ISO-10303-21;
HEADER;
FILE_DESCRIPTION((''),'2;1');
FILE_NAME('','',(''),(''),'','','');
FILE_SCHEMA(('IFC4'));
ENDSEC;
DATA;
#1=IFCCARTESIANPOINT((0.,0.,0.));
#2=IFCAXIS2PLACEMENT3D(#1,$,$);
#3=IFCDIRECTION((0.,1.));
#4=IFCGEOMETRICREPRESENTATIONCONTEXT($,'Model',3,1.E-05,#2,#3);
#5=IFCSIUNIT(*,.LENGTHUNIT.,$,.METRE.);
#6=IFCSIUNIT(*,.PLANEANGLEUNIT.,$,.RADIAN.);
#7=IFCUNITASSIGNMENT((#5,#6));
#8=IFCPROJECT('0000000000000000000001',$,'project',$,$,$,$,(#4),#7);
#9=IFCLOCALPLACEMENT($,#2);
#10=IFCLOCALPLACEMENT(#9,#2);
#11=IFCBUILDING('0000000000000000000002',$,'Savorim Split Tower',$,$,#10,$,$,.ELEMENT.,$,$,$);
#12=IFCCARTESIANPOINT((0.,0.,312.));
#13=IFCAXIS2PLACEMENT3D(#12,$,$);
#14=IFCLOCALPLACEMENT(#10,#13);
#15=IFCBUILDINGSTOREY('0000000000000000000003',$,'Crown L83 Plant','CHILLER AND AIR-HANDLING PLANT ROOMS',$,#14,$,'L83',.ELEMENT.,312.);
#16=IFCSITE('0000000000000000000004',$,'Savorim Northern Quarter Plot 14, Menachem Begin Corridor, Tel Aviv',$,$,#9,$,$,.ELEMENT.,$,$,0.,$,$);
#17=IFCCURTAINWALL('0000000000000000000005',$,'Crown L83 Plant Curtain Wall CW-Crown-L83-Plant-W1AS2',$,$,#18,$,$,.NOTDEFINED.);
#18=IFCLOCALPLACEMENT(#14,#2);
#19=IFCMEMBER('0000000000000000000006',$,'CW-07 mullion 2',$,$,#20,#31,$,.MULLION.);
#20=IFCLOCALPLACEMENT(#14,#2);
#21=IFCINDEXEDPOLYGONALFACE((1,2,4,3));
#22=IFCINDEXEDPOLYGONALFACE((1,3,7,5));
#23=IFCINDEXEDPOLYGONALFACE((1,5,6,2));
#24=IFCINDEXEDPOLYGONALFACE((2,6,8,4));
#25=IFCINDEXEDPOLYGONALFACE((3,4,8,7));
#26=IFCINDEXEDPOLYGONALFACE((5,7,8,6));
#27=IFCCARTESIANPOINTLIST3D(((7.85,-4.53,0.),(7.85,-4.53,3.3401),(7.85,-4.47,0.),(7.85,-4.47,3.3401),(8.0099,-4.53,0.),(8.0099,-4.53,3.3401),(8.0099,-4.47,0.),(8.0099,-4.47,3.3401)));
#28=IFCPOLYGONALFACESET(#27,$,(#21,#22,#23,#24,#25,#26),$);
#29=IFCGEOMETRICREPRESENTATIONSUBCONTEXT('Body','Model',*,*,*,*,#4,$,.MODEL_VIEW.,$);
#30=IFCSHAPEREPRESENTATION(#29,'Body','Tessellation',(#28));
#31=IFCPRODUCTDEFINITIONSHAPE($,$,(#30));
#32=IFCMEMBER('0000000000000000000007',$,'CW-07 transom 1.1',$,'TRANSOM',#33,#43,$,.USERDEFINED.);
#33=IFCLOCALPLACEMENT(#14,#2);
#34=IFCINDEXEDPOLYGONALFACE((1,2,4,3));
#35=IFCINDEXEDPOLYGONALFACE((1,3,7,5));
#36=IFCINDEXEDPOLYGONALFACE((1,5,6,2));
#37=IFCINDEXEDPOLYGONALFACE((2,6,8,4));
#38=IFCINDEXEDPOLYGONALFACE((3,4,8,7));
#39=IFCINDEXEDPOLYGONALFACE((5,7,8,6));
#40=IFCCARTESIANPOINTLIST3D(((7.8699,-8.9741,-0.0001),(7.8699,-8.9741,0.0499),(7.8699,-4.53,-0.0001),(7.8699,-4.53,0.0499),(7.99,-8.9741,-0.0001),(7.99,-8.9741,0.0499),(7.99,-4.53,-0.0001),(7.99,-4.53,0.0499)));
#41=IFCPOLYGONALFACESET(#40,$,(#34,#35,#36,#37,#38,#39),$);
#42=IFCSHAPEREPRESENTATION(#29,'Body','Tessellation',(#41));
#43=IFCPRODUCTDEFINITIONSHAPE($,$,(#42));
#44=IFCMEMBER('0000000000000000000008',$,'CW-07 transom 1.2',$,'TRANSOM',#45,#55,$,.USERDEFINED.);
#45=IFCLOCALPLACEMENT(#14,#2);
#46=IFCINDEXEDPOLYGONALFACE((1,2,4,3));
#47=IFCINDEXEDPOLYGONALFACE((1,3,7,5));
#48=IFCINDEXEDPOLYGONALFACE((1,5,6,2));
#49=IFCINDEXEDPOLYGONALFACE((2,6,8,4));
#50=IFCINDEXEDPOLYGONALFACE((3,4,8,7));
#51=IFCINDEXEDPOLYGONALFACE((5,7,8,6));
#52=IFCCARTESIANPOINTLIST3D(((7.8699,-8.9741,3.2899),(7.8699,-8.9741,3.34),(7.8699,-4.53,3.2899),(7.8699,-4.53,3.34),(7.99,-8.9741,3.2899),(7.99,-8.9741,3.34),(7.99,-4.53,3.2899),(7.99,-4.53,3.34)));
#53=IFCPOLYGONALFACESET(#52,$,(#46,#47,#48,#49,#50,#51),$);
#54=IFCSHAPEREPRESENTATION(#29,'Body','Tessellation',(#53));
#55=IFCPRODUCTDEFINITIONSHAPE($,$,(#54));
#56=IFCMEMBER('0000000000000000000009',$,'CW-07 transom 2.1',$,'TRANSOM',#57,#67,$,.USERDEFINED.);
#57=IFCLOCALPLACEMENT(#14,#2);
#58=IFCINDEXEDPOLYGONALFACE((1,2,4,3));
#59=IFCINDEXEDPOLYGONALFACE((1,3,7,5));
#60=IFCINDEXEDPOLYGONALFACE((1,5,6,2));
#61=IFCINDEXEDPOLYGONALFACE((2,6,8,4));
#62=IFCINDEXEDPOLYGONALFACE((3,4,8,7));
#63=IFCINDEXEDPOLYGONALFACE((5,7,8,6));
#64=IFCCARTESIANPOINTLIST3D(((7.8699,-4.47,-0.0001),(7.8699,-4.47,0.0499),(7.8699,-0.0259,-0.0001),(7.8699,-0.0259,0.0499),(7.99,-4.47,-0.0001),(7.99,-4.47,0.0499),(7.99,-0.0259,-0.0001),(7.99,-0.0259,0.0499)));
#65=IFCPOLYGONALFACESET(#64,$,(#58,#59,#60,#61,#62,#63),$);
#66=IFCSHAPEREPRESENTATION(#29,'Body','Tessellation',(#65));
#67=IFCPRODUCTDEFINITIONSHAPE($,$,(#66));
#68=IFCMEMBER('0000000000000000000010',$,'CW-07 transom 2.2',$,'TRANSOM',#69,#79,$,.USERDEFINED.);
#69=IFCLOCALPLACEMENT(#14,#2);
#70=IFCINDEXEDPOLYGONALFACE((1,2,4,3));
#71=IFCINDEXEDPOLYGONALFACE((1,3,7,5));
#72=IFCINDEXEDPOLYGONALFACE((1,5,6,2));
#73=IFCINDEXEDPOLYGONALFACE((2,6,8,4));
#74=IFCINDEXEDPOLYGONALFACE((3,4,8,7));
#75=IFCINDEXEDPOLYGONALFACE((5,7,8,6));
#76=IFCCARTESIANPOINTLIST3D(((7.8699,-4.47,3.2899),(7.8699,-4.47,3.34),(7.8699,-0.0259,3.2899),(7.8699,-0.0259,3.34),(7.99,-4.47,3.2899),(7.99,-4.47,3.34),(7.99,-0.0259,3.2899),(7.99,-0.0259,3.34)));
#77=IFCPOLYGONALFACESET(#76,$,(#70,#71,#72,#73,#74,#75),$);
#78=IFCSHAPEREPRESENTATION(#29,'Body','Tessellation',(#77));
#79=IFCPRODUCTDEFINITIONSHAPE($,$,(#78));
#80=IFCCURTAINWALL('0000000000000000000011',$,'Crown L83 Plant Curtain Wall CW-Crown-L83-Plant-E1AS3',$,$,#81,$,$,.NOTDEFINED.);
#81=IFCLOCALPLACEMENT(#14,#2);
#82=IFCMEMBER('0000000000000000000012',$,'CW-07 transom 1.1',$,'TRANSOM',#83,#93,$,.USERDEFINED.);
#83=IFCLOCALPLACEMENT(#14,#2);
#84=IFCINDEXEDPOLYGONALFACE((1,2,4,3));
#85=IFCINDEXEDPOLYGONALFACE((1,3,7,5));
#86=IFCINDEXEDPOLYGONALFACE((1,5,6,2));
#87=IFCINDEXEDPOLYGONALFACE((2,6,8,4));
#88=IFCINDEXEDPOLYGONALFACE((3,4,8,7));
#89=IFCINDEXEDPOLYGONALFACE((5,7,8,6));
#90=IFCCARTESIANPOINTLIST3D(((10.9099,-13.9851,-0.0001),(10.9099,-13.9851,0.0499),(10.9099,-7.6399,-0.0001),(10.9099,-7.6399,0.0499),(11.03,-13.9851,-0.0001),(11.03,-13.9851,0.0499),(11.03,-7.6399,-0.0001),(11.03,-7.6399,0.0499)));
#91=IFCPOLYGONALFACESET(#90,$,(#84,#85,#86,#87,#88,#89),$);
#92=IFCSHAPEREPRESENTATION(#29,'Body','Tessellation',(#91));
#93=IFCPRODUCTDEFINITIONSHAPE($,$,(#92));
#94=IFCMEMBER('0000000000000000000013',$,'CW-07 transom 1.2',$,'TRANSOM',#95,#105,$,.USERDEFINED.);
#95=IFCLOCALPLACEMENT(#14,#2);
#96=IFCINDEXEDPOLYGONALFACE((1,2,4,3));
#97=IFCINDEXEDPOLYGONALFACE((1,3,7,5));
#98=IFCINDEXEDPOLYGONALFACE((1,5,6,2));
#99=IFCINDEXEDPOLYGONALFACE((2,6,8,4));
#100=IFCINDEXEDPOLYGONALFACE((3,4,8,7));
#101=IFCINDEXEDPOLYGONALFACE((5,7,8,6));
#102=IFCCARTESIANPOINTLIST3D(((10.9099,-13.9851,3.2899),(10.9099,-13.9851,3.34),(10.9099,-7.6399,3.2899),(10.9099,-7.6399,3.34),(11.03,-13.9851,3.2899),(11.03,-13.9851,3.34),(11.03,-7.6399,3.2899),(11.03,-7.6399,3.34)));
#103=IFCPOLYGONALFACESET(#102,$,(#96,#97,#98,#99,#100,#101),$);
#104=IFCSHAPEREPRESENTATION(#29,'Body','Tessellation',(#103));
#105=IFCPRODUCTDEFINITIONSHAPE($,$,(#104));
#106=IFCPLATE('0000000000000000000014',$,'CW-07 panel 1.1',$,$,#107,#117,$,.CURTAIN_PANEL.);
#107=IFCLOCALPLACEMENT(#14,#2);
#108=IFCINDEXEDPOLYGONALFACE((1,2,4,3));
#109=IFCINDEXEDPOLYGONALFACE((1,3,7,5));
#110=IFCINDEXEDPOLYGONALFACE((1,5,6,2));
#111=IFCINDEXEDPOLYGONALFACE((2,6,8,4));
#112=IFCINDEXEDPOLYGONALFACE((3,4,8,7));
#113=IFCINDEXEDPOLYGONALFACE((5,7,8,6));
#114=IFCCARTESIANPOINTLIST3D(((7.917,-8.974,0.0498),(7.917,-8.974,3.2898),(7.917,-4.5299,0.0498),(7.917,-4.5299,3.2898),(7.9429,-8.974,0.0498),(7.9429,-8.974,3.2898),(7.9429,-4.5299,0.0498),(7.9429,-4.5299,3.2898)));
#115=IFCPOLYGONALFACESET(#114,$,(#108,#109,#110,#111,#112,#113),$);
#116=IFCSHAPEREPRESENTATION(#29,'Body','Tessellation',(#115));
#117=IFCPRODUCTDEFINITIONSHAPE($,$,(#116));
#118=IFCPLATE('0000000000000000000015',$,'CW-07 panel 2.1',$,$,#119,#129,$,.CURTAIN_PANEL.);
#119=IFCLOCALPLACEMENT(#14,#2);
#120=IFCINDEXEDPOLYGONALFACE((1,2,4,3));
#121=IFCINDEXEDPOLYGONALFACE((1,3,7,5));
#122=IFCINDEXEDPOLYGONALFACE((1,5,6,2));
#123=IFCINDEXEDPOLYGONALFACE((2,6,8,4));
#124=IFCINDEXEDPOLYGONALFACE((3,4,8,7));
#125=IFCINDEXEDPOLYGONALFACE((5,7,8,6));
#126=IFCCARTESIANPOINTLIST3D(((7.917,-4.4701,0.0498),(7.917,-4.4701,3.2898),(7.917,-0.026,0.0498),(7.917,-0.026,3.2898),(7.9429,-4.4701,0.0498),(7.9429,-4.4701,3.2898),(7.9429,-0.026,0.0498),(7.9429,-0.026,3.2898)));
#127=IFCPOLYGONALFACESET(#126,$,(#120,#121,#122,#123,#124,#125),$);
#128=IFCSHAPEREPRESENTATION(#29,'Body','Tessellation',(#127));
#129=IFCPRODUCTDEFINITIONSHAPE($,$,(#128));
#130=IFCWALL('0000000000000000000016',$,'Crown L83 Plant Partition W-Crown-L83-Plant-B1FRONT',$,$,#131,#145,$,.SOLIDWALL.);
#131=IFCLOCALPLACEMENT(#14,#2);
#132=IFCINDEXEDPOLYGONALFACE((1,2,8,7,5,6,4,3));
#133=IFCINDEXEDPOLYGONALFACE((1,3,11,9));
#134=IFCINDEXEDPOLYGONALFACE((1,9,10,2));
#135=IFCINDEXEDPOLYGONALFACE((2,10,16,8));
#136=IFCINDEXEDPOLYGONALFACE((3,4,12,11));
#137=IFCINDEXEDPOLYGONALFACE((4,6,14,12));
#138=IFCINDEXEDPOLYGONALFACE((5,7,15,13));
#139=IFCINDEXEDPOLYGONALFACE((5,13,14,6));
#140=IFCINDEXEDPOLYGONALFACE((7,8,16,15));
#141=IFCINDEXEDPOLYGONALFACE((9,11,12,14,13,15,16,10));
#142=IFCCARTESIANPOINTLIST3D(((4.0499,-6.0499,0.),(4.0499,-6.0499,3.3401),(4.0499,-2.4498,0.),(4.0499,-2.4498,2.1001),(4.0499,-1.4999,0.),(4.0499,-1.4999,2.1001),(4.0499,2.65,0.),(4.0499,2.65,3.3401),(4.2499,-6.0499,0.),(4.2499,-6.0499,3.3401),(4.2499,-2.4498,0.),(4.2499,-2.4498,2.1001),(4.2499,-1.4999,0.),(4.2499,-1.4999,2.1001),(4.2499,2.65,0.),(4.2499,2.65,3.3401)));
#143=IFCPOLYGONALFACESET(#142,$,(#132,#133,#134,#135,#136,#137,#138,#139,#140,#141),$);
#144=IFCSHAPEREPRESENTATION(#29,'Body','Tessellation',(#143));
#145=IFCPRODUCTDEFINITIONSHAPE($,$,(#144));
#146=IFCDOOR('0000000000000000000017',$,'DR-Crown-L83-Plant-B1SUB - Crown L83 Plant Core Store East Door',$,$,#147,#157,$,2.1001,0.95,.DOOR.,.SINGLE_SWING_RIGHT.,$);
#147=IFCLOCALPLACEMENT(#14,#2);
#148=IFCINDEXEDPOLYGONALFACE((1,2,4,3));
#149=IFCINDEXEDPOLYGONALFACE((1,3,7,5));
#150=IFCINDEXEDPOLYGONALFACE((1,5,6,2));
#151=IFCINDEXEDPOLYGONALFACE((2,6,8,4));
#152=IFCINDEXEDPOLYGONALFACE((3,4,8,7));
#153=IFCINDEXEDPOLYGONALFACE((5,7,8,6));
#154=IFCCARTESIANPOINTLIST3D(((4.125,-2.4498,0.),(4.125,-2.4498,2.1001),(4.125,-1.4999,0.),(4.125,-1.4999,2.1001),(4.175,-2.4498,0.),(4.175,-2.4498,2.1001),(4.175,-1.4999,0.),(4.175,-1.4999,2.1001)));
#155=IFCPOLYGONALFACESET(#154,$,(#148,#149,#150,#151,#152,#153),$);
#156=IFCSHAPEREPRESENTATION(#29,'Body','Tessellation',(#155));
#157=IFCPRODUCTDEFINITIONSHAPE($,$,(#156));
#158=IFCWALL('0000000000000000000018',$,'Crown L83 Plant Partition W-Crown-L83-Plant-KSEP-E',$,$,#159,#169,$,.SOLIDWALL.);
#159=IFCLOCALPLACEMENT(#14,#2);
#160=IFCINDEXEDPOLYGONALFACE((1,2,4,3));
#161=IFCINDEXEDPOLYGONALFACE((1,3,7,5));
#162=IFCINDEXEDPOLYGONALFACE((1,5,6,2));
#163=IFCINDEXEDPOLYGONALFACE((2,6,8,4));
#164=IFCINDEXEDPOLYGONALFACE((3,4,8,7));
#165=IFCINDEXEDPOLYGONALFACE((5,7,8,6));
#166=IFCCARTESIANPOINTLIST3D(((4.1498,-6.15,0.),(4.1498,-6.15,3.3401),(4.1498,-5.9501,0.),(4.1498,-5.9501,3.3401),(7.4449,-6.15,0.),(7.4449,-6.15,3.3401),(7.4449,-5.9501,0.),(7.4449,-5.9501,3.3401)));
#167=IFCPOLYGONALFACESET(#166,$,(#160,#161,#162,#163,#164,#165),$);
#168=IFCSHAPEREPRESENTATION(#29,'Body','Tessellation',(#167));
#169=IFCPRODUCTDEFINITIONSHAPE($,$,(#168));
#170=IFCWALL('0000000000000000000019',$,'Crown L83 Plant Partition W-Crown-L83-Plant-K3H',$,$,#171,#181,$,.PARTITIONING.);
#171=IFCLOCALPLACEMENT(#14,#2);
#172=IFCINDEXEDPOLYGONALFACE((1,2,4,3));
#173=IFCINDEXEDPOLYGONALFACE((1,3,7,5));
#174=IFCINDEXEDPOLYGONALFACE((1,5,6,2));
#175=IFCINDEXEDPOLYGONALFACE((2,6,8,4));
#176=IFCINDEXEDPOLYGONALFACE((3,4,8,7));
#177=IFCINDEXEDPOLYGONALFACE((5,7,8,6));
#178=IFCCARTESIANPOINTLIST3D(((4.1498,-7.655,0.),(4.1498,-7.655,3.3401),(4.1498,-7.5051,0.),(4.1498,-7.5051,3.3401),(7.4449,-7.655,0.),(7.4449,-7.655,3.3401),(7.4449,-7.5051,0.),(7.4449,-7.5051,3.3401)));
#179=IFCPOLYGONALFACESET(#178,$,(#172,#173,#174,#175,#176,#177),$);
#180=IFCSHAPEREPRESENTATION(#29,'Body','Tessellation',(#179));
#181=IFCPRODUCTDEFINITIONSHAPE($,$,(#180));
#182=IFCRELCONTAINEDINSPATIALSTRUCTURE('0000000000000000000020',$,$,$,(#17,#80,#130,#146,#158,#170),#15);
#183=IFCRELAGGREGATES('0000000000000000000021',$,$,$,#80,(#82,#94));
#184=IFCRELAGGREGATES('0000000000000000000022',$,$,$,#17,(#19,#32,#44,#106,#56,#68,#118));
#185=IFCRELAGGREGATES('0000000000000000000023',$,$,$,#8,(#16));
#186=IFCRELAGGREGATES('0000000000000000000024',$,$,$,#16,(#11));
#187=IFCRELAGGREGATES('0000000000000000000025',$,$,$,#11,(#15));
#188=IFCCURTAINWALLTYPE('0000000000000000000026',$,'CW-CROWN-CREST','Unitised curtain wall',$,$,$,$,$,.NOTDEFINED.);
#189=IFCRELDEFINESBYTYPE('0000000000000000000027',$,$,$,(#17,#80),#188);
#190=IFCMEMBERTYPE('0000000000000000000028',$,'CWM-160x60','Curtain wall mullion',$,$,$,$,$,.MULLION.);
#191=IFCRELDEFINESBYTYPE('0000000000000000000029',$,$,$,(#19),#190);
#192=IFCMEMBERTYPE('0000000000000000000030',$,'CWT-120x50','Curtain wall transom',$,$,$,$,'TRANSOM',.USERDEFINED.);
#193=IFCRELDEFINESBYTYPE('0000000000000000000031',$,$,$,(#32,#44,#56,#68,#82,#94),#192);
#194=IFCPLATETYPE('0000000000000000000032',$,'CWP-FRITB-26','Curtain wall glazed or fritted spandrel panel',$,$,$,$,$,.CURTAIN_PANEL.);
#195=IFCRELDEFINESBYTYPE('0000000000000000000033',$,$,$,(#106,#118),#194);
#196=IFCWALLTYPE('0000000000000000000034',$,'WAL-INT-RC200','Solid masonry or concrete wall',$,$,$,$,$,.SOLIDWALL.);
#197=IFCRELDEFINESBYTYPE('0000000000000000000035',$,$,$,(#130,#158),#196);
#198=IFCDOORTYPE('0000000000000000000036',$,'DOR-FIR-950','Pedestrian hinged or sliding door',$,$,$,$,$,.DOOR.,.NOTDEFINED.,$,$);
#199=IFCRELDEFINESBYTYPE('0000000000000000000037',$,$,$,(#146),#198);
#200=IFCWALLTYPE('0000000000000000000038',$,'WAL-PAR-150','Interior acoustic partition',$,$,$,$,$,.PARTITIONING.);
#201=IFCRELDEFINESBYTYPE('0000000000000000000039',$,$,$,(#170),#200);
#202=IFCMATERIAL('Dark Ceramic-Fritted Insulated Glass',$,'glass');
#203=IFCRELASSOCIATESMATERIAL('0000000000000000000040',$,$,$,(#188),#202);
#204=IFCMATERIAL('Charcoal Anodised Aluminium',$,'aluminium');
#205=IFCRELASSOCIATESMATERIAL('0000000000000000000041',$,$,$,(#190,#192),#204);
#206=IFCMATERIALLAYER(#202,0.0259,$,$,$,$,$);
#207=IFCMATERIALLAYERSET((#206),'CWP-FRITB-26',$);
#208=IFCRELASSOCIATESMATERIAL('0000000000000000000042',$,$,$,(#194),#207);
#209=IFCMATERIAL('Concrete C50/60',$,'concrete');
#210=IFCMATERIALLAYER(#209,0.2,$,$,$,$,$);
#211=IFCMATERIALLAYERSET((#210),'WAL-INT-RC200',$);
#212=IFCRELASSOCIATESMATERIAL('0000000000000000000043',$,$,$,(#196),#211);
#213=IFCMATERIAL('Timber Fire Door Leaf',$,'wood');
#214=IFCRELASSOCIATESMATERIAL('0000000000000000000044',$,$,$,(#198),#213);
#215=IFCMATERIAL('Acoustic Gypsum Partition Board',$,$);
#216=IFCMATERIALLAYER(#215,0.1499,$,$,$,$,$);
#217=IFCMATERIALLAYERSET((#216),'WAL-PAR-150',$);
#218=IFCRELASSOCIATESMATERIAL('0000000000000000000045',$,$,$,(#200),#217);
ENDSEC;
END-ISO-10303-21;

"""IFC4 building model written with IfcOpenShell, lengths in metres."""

from ifc_helpers import new_model, si_unit, direction, frame, frame_2d, origin, origin_2d, place, context, subcontext, project, spatial, rectangle, extrude, material, layer, layer_set, material_profile, profile_set, type_object, element, fill, aggregate, save


model = new_model("IFC4")

# Units and contexts
model_context = context("Model", 3, precision=1e-05, world=origin(), true_north=direction((0.0, 1.0)))
body_context = subcontext(model_context, "Body", "Model", "MODEL_VIEW")
ifc_project = project(units=[si_unit("LENGTHUNIT", "METRE"), si_unit("PLANEANGLEUNIT", "RADIAN")], contexts=[model_context])

# Site, building, storey
site_placement = place(None, origin())
site = spatial("IfcSite", under=ifc_project, at=site_placement, Name="Savorim Northern Quarter Plot 14, Menachem Begin Corridor, Tel Aviv", CompositionType="ELEMENT", RefElevation=0.0)
building_placement = place(site_placement, origin())
building = spatial("IfcBuilding", under=site, at=building_placement, Name="Savorim Split Tower", CompositionType="ELEMENT")
storey_placement = place(building_placement, frame((0.0, 0.0, 312.0)))
storey = spatial("IfcBuildingStorey", under=building, at=storey_placement, Name="Crown L83 Plant", Description="CHILLER AND AIR-HANDLING PLANT ROOMS", LongName="L83", CompositionType="ELEMENT", Elevation=312.0)

# Curtain walls, members
ifc_material_1 = material(Name="Dark Ceramic-Fritted Insulated Glass", Category="glass")
curtain_wall_type = type_object("IfcCurtainWallType", Name="CW-CROWN-CREST", Description="Unitised curtain wall", PredefinedType="NOTDEFINED", material=ifc_material_1)
curtain_wall_1_placement = place(storey_placement, origin())
curtain_wall_1 = element("IfcCurtainWall", 1, at=curtain_wall_1_placement, inside=storey, type_object=curtain_wall_type, Name="Crown L83 Plant Curtain Wall CW-Crown-L83-Plant-W1AS2", PredefinedType="NOTDEFINED")
ifc_material_2 = material(Name="Charcoal Anodised Aluminium", Category="aluminium")
ifc_material_profile_1 = material_profile(ifc_material_2, rectangle(XDim=0.1599, YDim=0.0601, at=origin_2d()), Name="ALU-M 160x60")
ifc_profile_set_1 = profile_set([ifc_material_profile_1], Name="Charcoal Anodised Aluminium")
member_type_1 = type_object("IfcMemberType", Name="CWM-160x60", Description="Curtain wall mullion", PredefinedType="MULLION", material=ifc_profile_set_1)
member_1_placement = place(storey_placement, frame((7.9299, -4.5, 0.0), z_axis=(0.0, 0.0, 1.0), x_axis=(-1.0, 0.0, 0.0)))
member_1 = element("IfcMember", 2, at=member_1_placement, type_object=member_type_1, Name="CW-07 mullion 2", PredefinedType="MULLION", context=body_context, shape_type="SweptSolid", body=[
    extrude(rectangle(XDim=0.1599, YDim=0.0601, at=origin_2d()), origin(), (0.0, 0.0, 1.0), 3.3401),
])
ifc_material_profile_2 = material_profile(ifc_material_2, rectangle(XDim=0.1201, YDim=0.05, at=origin_2d()), Name="ALU-T 120x50")
ifc_profile_set_2 = profile_set([ifc_material_profile_2], Name="Charcoal Anodised Aluminium")
member_type_2 = type_object("IfcMemberType", Name="CWT-120x50", Description="Curtain wall transom", ElementType="TRANSOM", PredefinedType="USERDEFINED", material=ifc_profile_set_2)
member_2_placement = place(storey_placement, frame((7.9299, -8.9741, 0.0249), z_axis=(0.0, 1.0, 0.0), x_axis=(-1.0, 0.0, 0.0)))
member_2 = element("IfcMember", 3, at=member_2_placement, type_object=member_type_2, Name="CW-07 transom 1.1", ObjectType="TRANSOM", PredefinedType="USERDEFINED", context=body_context, shape_type="SweptSolid", body=[
    extrude(rectangle(XDim=0.1201, YDim=0.05, at=origin_2d()), origin(), (0.0, 0.0, 1.0), 4.4441),
])
member_3_placement = place(storey_placement, frame((7.9299, -8.9741, 3.3149), z_axis=(0.0, 1.0, 0.0), x_axis=(-1.0, 0.0, 0.0)))
member_3 = element("IfcMember", 4, at=member_3_placement, type_object=member_type_2, Name="CW-07 transom 1.2", ObjectType="TRANSOM", PredefinedType="USERDEFINED", context=body_context, shape_type="SweptSolid", body=[
    extrude(rectangle(XDim=0.1201, YDim=0.05, at=origin_2d()), origin(), (0.0, 0.0, 1.0), 4.4441),
])
member_4_placement = place(storey_placement, frame((7.9299, -4.47, 0.0249), z_axis=(0.0, 1.0, 0.0), x_axis=(-1.0, 0.0, 0.0)))
member_4 = element("IfcMember", 5, at=member_4_placement, type_object=member_type_2, Name="CW-07 transom 2.1", ObjectType="TRANSOM", PredefinedType="USERDEFINED", context=body_context, shape_type="SweptSolid", body=[
    extrude(rectangle(XDim=0.1201, YDim=0.05, at=origin_2d()), origin(), (0.0, 0.0, 1.0), 4.4441),
])
member_5_placement = place(storey_placement, frame((7.9299, -4.47, 3.3149), z_axis=(0.0, 1.0, 0.0), x_axis=(-1.0, 0.0, 0.0)))
member_5 = element("IfcMember", 6, at=member_5_placement, type_object=member_type_2, Name="CW-07 transom 2.2", ObjectType="TRANSOM", PredefinedType="USERDEFINED", context=body_context, shape_type="SweptSolid", body=[
    extrude(rectangle(XDim=0.1201, YDim=0.05, at=origin_2d()), origin(), (0.0, 0.0, 1.0), 4.4441),
])
curtain_wall_2_placement = place(storey_placement, origin())
curtain_wall_2 = element("IfcCurtainWall", 7, at=curtain_wall_2_placement, inside=storey, type_object=curtain_wall_type, Name="Crown L83 Plant Curtain Wall CW-Crown-L83-Plant-E1AS3", PredefinedType="NOTDEFINED")
member_6_placement = place(storey_placement, frame((10.97, -7.6399, 0.0249), z_axis=(0.0, -1.0, 0.0), x_axis=(1.0, 0.0, 0.0)))
member_6 = element("IfcMember", 8, at=member_6_placement, type_object=member_type_2, Name="CW-07 transom 1.1", ObjectType="TRANSOM", PredefinedType="USERDEFINED", context=body_context, shape_type="SweptSolid", body=[
    extrude(rectangle(XDim=0.1201, YDim=0.05, at=origin_2d()), origin(), (0.0, 0.0, 1.0), 6.3452),
])
member_7_placement = place(storey_placement, frame((10.97, -7.6399, 3.3149), z_axis=(0.0, -1.0, 0.0), x_axis=(1.0, 0.0, 0.0)))
member_7 = element("IfcMember", 9, at=member_7_placement, type_object=member_type_2, Name="CW-07 transom 1.2", ObjectType="TRANSOM", PredefinedType="USERDEFINED", context=body_context, shape_type="SweptSolid", body=[
    extrude(rectangle(XDim=0.1201, YDim=0.05, at=origin_2d()), origin(), (0.0, 0.0, 1.0), 6.3452),
])
aggregate(curtain_wall_2, [member_6, member_7])

# Plates
ifc_layer_1 = layer(ifc_material_1, 0.0259)
ifc_layer_set_1 = layer_set([ifc_layer_1], Name="CWP-FRITB-26")
plate_type = type_object("IfcPlateType", Name="CWP-FRITB-26", Description="Curtain wall glazed or fritted spandrel panel", PredefinedType="CURTAIN_PANEL", material=ifc_layer_set_1)
plate_1_placement = place(storey_placement, frame((7.9299, -6.752, 0.0498), z_axis=(0.0, 0.0, 1.0), x_axis=(0.0, 1.0, 0.0)))
plate_1 = element("IfcPlate", 10, at=plate_1_placement, type_object=plate_type, Name="CW-07 panel 1.1", PredefinedType="CURTAIN_PANEL", context=body_context, shape_type="SweptSolid", body=[
    extrude(rectangle(XDim=4.4441, YDim=0.0259, at=origin_2d()), origin(), (0.0, 0.0, 1.0), 3.24),
])
plate_2_placement = place(storey_placement, frame((7.9299, -2.248, 0.0498), z_axis=(0.0, 0.0, 1.0), x_axis=(0.0, 1.0, 0.0)))
plate_2 = element("IfcPlate", 11, at=plate_2_placement, type_object=plate_type, Name="CW-07 panel 2.1", PredefinedType="CURTAIN_PANEL", context=body_context, shape_type="SweptSolid", body=[
    extrude(rectangle(XDim=4.4441, YDim=0.0259, at=origin_2d()), origin(), (0.0, 0.0, 1.0), 3.24),
])
aggregate(curtain_wall_1, [member_1, member_2, member_3, plate_1, member_4, member_5, plate_2])

# Wall, opening, door
ifc_material_3 = material(Name="Concrete C50/60", Category="concrete")
ifc_layer_2 = layer(ifc_material_3, 0.2)
ifc_layer_set_2 = layer_set([ifc_layer_2], Name="WAL-INT-RC200")
wall_type_1 = type_object("IfcWallType", Name="WAL-INT-RC200", Description="Solid masonry or concrete wall", PredefinedType="SOLIDWALL", material=ifc_layer_set_2)
wall_1_placement = place(storey_placement, frame((4.1499, -6.05, 0.0), z_axis=(0.0, 0.0, 1.0), x_axis=(0.0, 1.0, 0.0)))
wall_1 = element("IfcWall", 12, at=wall_1_placement, inside=storey, type_object=wall_type_1, Name="Crown L83 Plant Partition W-Crown-L83-Plant-B1FRONT", PredefinedType="SOLIDWALL", context=body_context, shape_type="SweptSolid", body=[
    extrude(rectangle(XDim=8.7, YDim=0.2, at=frame_2d((4.3501, 0.0))), origin(), (0.0, 0.0, 1.0), 3.3401),
])
opening_placement = place(wall_1_placement, frame((3.6001, 0.0, 0.0)))
opening = element("IfcOpeningElement", 13, at=opening_placement, cuts=wall_1, PredefinedType="OPENING", context=body_context, shape_type="SweptSolid", body=[
    extrude(rectangle(XDim=0.95, YDim=2.1001, at=frame_2d((0.4751, 1.05))), frame((0.0, 0.1099, 0.0), z_axis=(0.0, -1.0, 0.0), x_axis=(1.0, 0.0, 0.0)), (0.0, 0.0, 1.0), 0.22),
])
ifc_material_4 = material(Name="Timber Fire Door Leaf", Category="wood")
door_type = type_object("IfcDoorType", Name="DOR-FIR-950", Description="Pedestrian hinged or sliding door", OperationType="NOTDEFINED", PredefinedType="DOOR", material=ifc_material_4)
door_placement = place(opening_placement, origin())
door = element("IfcDoor", 14, at=door_placement, inside=storey, type_object=door_type, Name="DR-Crown-L83-Plant-B1SUB - Crown L83 Plant Core Store East Door", OperationType="SINGLE_SWING_RIGHT", OverallHeight=2.1001, OverallWidth=0.95, PredefinedType="DOOR", context=body_context, shape_type="SweptSolid", body=[
    extrude(rectangle(XDim=0.95, YDim=2.1001, at=frame_2d((0.4751, 1.05))), frame((0.0, 0.0249, 0.0), z_axis=(0.0, -1.0, 0.0), x_axis=(1.0, 0.0, 0.0)), (0.0, 0.0, 1.0), 0.05),
])
fill(opening, door)

# Walls
wall_2_placement = place(storey_placement, frame((4.1499, -6.05, 0.0), z_axis=(0.0, 0.0, 1.0), x_axis=(1.0, 0.0, 0.0)))
element("IfcWall", 15, at=wall_2_placement, inside=storey, type_object=wall_type_1, Name="Crown L83 Plant Partition W-Crown-L83-Plant-KSEP-E", PredefinedType="SOLIDWALL", context=body_context, shape_type="SweptSolid", body=[
    extrude(rectangle(XDim=3.2952, YDim=0.2, at=frame_2d((1.6475, 0.0))), origin(), (0.0, 0.0, 1.0), 3.3401),
])
ifc_material_5 = material(Name="Acoustic Gypsum Partition Board")
ifc_layer_3 = layer(ifc_material_5, 0.1499)
ifc_layer_set_3 = layer_set([ifc_layer_3], Name="WAL-PAR-150")
wall_type_2 = type_object("IfcWallType", Name="WAL-PAR-150", Description="Interior acoustic partition", PredefinedType="PARTITIONING", material=ifc_layer_set_3)
wall_3_placement = place(storey_placement, frame((4.1499, -7.5801, 0.0), z_axis=(0.0, 0.0, 1.0), x_axis=(1.0, 0.0, 0.0)))
element("IfcWall", 16, at=wall_3_placement, inside=storey, type_object=wall_type_2, Name="Crown L83 Plant Partition W-Crown-L83-Plant-K3H", PredefinedType="PARTITIONING", context=body_context, shape_type="SweptSolid", body=[
    extrude(rectangle(XDim=3.2952, YDim=0.1499, at=frame_2d((1.6475, 0.0))), origin(), (0.0, 0.0, 1.0), 3.3401),
])

save(model, "model.ifc")
